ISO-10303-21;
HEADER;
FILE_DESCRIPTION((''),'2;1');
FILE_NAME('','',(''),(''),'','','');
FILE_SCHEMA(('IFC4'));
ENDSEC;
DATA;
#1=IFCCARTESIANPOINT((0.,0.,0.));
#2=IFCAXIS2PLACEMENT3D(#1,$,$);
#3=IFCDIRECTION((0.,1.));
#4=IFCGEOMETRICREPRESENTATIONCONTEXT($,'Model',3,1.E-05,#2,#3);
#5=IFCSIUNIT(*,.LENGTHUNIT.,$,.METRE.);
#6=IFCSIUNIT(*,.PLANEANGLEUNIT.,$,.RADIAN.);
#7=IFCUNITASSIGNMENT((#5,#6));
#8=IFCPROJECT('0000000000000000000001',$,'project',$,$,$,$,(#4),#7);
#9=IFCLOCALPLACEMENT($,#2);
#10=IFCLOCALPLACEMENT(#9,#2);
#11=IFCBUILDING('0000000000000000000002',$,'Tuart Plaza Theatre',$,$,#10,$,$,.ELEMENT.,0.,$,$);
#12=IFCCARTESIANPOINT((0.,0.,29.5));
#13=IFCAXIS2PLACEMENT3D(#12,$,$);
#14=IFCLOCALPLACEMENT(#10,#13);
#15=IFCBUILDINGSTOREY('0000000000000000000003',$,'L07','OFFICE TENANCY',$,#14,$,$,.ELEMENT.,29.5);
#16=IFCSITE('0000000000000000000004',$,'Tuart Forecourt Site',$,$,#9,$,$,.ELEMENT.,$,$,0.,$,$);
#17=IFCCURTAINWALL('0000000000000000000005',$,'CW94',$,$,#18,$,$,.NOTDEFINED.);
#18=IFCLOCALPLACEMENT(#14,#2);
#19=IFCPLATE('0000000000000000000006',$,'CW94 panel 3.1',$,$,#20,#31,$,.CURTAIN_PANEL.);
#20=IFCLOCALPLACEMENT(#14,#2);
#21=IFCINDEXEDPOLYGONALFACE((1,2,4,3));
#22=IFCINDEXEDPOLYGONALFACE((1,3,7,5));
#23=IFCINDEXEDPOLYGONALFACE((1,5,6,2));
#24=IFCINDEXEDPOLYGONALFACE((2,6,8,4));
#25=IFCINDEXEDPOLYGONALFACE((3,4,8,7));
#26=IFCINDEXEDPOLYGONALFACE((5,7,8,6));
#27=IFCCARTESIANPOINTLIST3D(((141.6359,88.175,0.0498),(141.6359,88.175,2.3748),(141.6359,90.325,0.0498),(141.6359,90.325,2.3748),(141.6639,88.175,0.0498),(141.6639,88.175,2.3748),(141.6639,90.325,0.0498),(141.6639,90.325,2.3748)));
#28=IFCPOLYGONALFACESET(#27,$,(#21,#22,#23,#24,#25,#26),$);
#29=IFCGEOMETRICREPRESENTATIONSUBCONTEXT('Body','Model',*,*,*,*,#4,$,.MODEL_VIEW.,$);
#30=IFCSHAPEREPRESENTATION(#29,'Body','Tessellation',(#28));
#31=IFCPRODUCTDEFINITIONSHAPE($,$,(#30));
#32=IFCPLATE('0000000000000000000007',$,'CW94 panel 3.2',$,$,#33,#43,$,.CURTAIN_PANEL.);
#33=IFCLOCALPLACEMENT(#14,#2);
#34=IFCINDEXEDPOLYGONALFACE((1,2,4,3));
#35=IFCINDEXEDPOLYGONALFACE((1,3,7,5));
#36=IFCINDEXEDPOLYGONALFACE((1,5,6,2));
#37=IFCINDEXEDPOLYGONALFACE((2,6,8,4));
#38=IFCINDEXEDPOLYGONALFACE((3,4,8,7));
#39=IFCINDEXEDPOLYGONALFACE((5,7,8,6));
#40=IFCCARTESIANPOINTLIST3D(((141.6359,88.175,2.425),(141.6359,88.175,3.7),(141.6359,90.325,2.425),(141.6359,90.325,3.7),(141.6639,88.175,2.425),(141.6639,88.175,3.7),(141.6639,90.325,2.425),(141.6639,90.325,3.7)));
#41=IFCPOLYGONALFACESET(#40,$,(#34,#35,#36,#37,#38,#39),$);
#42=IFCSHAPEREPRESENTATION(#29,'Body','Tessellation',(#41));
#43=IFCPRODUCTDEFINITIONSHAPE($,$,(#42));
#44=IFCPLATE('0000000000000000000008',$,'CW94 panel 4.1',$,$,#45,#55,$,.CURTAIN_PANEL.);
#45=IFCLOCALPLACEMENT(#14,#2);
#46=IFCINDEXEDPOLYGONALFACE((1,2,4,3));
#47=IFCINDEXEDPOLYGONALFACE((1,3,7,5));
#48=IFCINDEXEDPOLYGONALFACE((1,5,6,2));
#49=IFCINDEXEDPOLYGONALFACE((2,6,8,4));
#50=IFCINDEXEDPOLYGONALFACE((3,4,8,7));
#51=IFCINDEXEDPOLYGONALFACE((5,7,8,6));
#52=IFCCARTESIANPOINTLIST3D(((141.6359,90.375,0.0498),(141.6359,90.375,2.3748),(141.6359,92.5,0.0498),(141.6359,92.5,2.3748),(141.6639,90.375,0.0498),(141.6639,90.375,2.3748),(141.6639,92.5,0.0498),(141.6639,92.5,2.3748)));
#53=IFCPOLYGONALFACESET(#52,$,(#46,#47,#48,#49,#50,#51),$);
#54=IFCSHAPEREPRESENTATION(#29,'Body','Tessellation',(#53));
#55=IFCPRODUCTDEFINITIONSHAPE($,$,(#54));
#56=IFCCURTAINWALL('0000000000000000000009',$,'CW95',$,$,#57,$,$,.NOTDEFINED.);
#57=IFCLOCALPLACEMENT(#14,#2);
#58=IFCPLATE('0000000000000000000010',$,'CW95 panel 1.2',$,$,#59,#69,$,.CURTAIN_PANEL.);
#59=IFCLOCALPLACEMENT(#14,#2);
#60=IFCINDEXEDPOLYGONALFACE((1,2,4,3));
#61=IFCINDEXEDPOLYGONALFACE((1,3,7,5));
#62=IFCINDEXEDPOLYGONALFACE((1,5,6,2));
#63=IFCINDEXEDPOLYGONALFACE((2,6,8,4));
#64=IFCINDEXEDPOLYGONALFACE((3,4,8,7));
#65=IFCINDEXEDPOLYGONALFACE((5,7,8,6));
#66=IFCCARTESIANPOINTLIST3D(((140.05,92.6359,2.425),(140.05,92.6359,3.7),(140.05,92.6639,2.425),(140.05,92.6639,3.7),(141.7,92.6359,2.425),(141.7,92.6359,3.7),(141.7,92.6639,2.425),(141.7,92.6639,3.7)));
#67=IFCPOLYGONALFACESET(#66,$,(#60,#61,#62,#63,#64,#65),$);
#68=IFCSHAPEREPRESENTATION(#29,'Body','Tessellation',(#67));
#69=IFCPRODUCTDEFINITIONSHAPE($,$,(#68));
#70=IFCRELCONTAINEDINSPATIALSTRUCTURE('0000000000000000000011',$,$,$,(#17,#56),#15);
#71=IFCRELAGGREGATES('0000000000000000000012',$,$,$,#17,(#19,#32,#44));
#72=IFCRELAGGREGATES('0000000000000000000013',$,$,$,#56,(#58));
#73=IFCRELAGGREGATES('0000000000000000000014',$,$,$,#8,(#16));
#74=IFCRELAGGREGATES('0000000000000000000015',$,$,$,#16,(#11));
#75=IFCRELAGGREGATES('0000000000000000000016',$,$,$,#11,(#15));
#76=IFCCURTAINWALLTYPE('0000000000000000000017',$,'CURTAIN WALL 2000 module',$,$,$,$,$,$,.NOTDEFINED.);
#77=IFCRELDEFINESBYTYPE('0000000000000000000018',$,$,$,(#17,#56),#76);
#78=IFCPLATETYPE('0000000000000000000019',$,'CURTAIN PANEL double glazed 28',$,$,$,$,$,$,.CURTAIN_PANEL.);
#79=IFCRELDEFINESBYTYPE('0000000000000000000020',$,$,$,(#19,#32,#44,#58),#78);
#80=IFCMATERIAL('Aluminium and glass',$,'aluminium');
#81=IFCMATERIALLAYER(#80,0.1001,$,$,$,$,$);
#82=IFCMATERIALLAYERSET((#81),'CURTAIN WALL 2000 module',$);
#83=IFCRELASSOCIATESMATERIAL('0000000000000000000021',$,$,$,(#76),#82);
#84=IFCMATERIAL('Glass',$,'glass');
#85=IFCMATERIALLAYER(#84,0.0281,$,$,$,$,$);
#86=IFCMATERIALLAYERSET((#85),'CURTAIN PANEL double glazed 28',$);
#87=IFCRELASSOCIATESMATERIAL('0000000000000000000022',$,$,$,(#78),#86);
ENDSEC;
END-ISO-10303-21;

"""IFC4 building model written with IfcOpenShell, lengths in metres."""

from ifc_helpers import new_model, si_unit, direction, frame, origin, origin_2d, place, context, subcontext, project, spatial, rectangle, extrude, material, layer, layer_set, type_object, element, aggregate, save


model = new_model("IFC4")

# Units and contexts
model_context = context("Model", 3, precision=1e-05, world=origin(), true_north=direction((0.0, 1.0)))
body_context = subcontext(model_context, "Body", "Model", "MODEL_VIEW")
ifc_project = project(units=[si_unit("LENGTHUNIT", "METRE"), si_unit("PLANEANGLEUNIT", "RADIAN")], contexts=[model_context])

# Site, building, storey
site_placement = place(None, origin())
site = spatial("IfcSite", under=ifc_project, at=site_placement, Name="Tuart Forecourt Site", CompositionType="ELEMENT", RefElevation=0.0)
building_placement = place(site_placement, origin())
building = spatial("IfcBuilding", under=site, at=building_placement, Name="Tuart Plaza Theatre", CompositionType="ELEMENT", ElevationOfRefHeight=0.0)
storey_placement = place(building_placement, frame((0.0, 0.0, 29.5)))
storey = spatial("IfcBuildingStorey", under=building, at=storey_placement, Name="L07", Description="OFFICE TENANCY", CompositionType="ELEMENT", Elevation=29.5)

# Curtain wall, plates
ifc_material_1 = material(Name="Aluminium and glass", Category="aluminium")
ifc_layer_1 = layer(ifc_material_1, 0.1001)
ifc_layer_set_1 = layer_set([ifc_layer_1], Name="CURTAIN WALL 2000 module")
curtain_wall_type = type_object("IfcCurtainWallType", Name="CURTAIN WALL 2000 module", PredefinedType="NOTDEFINED", material=ifc_layer_set_1)
curtain_wall_1_placement = place(storey_placement, origin())
curtain_wall_1 = element("IfcCurtainWall", 1, at=curtain_wall_1_placement, inside=storey, type_object=curtain_wall_type, Name="CW94", PredefinedType="NOTDEFINED")
ifc_material_2 = material(Name="Glass", Category="glass")
ifc_layer_2 = layer(ifc_material_2, 0.0281)
ifc_layer_set_2 = layer_set([ifc_layer_2], Name="CURTAIN PANEL double glazed 28")
plate_type = type_object("IfcPlateType", Name="CURTAIN PANEL double glazed 28", PredefinedType="CURTAIN_PANEL", material=ifc_layer_set_2)
plate_1_placement = place(storey_placement, frame((141.6499, 89.25, 0.0498), z_axis=(0.0, 0.0, 1.0), x_axis=(0.0, 1.0, 0.0)))
plate_1 = element("IfcPlate", 2, at=plate_1_placement, type_object=plate_type, Name="CW94 panel 3.1", PredefinedType="CURTAIN_PANEL", context=body_context, shape_type="SweptSolid", body=[
    extrude(rectangle(XDim=2.1499, YDim=0.0281, at=origin_2d()), origin(), (0.0, 0.0, 1.0), 2.325),
])
plate_2_placement = place(storey_placement, frame((141.6499, 89.25, 2.425), z_axis=(0.0, 0.0, 1.0), x_axis=(0.0, 1.0, 0.0)))
plate_2 = element("IfcPlate", 3, at=plate_2_placement, type_object=plate_type, Name="CW94 panel 3.2", PredefinedType="CURTAIN_PANEL", context=body_context, shape_type="SweptSolid", body=[
    extrude(rectangle(XDim=2.1499, YDim=0.0281, at=origin_2d()), origin(), (0.0, 0.0, 1.0), 1.2749),
])
plate_3_placement = place(storey_placement, frame((141.6499, 91.4375, 0.0498), z_axis=(0.0, 0.0, 1.0), x_axis=(0.0, 1.0, 0.0)))
plate_3 = element("IfcPlate", 4, at=plate_3_placement, type_object=plate_type, Name="CW94 panel 4.1", PredefinedType="CURTAIN_PANEL", context=body_context, shape_type="SweptSolid", body=[
    extrude(rectangle(XDim=2.125, YDim=0.0281, at=origin_2d()), origin(), (0.0, 0.0, 1.0), 2.325),
])
aggregate(curtain_wall_1, [plate_1, plate_2, plate_3])

# Curtain wall, plate
curtain_wall_2_placement = place(storey_placement, origin())
curtain_wall_2 = element("IfcCurtainWall", 5, at=curtain_wall_2_placement, inside=storey, type_object=curtain_wall_type, Name="CW95", PredefinedType="NOTDEFINED")
plate_4_placement = place(storey_placement, frame((140.875, 92.6499, 2.425), z_axis=(0.0, 0.0, 1.0), x_axis=(-1.0, 0.0, 0.0)))
plate_4 = element("IfcPlate", 6, at=plate_4_placement, type_object=plate_type, Name="CW95 panel 1.2", PredefinedType="CURTAIN_PANEL", context=body_context, shape_type="SweptSolid", body=[
    extrude(rectangle(XDim=1.6499, YDim=0.0281, at=origin_2d()), origin(), (0.0, 0.0, 1.0), 1.2749),
])
aggregate(curtain_wall_2, [plate_4])

save(model, "model.ifc")
